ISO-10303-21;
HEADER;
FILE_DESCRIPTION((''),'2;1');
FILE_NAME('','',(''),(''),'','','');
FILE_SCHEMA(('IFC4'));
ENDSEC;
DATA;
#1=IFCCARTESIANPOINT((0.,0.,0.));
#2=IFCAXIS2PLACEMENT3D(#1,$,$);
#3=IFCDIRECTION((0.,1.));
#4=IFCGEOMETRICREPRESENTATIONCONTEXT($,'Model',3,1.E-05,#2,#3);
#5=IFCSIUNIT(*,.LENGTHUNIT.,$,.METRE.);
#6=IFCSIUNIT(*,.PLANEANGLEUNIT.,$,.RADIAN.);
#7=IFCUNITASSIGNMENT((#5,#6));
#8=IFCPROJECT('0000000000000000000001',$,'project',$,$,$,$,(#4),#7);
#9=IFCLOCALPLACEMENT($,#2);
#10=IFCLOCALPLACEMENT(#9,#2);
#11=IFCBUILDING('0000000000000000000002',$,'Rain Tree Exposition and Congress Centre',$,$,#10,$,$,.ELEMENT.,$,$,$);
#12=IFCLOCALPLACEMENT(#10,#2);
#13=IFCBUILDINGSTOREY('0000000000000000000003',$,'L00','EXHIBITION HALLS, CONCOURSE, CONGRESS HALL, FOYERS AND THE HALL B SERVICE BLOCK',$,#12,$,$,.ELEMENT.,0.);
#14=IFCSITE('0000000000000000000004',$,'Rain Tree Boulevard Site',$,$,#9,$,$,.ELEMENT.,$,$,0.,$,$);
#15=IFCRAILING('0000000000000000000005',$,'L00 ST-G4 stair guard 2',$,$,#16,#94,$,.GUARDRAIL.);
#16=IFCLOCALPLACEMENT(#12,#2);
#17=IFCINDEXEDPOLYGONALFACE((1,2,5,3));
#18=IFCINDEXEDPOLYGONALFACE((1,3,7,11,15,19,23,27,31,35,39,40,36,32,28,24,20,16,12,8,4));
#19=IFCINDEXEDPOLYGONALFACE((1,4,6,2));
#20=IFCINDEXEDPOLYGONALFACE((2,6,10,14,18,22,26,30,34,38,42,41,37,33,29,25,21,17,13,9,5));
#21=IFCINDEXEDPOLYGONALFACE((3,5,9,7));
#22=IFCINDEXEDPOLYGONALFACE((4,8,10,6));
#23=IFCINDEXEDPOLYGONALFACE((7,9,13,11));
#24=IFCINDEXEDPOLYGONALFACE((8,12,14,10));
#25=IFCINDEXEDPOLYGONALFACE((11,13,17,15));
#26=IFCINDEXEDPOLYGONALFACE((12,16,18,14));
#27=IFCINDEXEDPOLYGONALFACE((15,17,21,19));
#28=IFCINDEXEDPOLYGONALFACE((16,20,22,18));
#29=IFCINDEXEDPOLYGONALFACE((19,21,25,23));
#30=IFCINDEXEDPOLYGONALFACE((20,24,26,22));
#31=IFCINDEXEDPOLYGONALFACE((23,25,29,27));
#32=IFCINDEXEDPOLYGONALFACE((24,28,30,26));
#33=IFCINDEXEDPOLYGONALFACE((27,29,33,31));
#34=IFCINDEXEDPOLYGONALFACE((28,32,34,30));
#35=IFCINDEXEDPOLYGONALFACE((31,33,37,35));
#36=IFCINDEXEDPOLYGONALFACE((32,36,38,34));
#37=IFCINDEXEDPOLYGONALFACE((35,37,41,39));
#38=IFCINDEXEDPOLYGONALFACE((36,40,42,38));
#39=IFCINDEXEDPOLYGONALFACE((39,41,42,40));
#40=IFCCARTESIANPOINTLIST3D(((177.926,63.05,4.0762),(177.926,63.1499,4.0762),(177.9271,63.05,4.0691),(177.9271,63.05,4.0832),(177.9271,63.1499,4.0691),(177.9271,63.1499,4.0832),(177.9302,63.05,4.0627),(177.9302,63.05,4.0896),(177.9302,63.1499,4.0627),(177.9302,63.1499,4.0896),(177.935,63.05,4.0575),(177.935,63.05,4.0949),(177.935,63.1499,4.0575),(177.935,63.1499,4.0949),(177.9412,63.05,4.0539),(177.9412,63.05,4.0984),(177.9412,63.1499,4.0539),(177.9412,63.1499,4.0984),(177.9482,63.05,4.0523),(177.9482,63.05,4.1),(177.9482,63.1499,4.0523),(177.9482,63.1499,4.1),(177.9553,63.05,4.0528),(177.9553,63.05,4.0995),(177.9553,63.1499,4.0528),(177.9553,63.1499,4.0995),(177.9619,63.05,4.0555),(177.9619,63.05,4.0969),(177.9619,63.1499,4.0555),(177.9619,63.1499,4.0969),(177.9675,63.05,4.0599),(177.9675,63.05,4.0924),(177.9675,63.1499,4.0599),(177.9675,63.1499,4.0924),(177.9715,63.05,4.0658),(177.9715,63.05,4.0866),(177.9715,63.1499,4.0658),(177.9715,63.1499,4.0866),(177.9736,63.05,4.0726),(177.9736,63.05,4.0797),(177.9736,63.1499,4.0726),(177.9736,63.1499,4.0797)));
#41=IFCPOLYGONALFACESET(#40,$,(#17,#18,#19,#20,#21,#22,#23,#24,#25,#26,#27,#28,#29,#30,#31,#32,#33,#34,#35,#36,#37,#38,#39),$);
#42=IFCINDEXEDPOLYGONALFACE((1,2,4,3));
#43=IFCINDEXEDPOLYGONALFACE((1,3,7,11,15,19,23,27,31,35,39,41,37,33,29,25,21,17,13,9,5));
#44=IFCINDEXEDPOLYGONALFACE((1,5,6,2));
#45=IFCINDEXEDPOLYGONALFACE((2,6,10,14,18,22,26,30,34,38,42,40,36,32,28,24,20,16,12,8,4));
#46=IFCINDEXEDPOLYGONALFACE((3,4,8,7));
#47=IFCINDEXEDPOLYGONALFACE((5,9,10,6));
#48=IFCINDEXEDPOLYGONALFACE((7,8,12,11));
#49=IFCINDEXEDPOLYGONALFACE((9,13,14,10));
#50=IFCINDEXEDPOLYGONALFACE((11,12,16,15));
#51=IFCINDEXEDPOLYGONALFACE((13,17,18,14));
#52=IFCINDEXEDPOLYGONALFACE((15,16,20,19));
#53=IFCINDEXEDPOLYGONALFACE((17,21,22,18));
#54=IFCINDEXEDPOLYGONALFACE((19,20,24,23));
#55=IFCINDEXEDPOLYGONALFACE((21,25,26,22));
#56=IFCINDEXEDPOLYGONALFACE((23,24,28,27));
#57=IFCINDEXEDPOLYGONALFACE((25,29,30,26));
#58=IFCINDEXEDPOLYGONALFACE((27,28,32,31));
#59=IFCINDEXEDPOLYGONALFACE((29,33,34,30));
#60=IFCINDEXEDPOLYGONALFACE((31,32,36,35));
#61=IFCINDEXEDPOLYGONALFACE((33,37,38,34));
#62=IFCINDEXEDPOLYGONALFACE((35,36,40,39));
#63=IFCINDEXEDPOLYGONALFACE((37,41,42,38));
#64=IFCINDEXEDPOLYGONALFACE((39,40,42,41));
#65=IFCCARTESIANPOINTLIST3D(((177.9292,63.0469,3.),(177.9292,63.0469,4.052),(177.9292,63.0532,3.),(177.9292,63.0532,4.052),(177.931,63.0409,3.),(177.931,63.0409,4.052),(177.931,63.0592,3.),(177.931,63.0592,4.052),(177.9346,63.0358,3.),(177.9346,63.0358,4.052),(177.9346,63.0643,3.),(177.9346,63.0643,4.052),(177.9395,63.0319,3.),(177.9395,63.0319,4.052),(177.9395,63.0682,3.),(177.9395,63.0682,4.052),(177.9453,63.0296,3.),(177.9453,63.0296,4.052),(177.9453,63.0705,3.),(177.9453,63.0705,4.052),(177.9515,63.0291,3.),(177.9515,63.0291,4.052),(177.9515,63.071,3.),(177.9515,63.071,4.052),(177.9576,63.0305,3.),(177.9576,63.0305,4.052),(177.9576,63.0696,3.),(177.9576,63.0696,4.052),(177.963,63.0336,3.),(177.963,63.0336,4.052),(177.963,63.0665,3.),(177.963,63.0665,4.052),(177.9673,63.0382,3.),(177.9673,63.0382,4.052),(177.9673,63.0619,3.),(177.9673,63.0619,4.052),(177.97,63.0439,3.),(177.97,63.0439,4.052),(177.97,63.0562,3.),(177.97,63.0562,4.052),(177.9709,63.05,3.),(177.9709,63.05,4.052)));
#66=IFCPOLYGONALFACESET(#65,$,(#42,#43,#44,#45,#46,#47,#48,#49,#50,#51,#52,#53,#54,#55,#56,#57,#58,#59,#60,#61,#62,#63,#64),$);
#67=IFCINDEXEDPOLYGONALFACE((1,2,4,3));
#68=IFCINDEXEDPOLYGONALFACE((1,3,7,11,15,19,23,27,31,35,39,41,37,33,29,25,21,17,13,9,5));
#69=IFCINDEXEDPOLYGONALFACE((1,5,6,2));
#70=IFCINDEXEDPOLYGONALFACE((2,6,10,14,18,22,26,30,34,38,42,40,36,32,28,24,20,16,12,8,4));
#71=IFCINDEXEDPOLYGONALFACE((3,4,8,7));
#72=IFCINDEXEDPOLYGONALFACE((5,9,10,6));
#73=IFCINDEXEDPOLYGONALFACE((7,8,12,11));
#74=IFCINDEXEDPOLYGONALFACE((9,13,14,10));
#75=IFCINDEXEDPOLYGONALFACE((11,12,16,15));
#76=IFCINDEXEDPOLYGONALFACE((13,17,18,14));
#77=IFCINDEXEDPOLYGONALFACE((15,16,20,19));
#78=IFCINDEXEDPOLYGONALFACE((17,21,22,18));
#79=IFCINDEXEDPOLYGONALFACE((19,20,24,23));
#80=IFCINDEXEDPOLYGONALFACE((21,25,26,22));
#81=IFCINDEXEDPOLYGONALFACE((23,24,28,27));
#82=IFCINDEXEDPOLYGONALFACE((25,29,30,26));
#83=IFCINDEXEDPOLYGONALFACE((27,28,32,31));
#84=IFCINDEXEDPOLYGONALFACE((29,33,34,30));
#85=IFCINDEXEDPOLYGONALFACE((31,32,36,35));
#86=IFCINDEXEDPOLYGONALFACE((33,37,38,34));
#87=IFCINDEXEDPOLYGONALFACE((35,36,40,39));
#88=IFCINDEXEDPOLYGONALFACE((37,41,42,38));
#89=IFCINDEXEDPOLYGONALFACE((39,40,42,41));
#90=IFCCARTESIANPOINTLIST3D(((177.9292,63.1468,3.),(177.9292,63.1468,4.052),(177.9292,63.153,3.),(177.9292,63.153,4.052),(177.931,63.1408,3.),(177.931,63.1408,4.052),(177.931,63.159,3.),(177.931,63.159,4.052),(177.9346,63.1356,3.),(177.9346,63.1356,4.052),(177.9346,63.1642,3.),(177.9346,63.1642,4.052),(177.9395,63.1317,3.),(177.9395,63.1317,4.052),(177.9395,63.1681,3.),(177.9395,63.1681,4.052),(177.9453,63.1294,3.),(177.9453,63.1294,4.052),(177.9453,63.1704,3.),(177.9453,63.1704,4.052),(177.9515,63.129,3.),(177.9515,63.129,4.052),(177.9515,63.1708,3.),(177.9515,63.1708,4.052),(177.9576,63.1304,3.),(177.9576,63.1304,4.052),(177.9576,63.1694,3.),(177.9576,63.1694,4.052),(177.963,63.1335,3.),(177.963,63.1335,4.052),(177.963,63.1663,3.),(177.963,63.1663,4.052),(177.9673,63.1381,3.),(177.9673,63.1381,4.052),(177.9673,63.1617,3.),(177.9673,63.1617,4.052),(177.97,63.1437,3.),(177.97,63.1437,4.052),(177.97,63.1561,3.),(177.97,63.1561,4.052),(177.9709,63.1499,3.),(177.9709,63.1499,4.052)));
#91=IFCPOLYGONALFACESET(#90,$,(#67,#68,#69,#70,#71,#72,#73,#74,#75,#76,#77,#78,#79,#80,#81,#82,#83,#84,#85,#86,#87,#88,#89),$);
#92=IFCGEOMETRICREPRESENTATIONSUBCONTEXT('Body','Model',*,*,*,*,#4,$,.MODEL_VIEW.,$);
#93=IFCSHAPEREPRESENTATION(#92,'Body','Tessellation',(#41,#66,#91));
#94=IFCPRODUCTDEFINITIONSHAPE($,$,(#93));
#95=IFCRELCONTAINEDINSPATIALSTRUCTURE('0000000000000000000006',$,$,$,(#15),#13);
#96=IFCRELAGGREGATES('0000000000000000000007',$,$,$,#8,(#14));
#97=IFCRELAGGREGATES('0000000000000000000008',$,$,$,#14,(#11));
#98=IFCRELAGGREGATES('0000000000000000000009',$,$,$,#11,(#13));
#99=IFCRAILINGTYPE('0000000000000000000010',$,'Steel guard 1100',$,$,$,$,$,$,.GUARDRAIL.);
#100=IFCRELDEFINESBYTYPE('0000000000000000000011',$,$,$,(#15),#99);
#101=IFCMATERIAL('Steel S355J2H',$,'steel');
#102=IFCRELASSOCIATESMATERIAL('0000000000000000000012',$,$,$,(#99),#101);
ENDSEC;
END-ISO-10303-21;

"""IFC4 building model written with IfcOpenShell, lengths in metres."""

from ifc_helpers import new_model, si_unit, direction, frame, origin, origin_2d, place, context, subcontext, project, spatial, circle, extrude, material, type_object, element, save


model = new_model("IFC4")

# Units and contexts
model_context = context("Model", 3, precision=1e-05, world=origin(), true_north=direction((0.0, 1.0)))
body_context = subcontext(model_context, "Body", "Model", "MODEL_VIEW")
ifc_project = project(units=[si_unit("LENGTHUNIT", "METRE"), si_unit("PLANEANGLEUNIT", "RADIAN")], contexts=[model_context])

# Site, building, storey
site_placement = place(None, origin())
site = spatial("IfcSite", under=ifc_project, at=site_placement, Name="Rain Tree Boulevard Site", CompositionType="ELEMENT", RefElevation=0.0)
building_placement = place(site_placement, origin())
building = spatial("IfcBuilding", under=site, at=building_placement, Name="Rain Tree Exposition and Congress Centre", CompositionType="ELEMENT")
storey_placement = place(building_placement, origin())
storey = spatial("IfcBuildingStorey", under=building, at=storey_placement, Name="L00", Description="EXHIBITION HALLS, CONCOURSE, CONGRESS HALL, FOYERS AND THE HALL B SERVICE BLOCK", CompositionType="ELEMENT", Elevation=0.0)

# Railing
ifc_material_1 = material(Name="Steel S355J2H", Category="steel")
railing_type_1 = type_object("IfcRailingType", Name="Steel guard 1100", PredefinedType="GUARDRAIL", material=ifc_material_1)
railing_1_placement = place(storey_placement, frame((177.95, 63.05, 3.0)))
element("IfcRailing", 1, at=railing_1_placement, inside=storey, type_object=railing_type_1, Name="L00 ST-G4 stair guard 2", PredefinedType="GUARDRAIL", context=body_context, shape_type="SweptSolid", body=[
    extrude(circle(Radius=0.0239, at=origin_2d()), frame((0.0, 0.0, 1.0762), z_axis=(0.0, 1.0, 0.0), x_axis=(-1.0, 0.0, 0.0)), (0.0, 0.0, 1.0), 0.0999),
    extrude(circle(Radius=0.021, at=origin_2d()), origin(), (0.0, 0.0, 1.0), 1.052),
    extrude(circle(Radius=0.021, at=origin_2d()), frame((0.0, 0.0999, 0.0)), (0.0, 0.0, 1.0), 1.052),
])

save(model, "model.ifc")
